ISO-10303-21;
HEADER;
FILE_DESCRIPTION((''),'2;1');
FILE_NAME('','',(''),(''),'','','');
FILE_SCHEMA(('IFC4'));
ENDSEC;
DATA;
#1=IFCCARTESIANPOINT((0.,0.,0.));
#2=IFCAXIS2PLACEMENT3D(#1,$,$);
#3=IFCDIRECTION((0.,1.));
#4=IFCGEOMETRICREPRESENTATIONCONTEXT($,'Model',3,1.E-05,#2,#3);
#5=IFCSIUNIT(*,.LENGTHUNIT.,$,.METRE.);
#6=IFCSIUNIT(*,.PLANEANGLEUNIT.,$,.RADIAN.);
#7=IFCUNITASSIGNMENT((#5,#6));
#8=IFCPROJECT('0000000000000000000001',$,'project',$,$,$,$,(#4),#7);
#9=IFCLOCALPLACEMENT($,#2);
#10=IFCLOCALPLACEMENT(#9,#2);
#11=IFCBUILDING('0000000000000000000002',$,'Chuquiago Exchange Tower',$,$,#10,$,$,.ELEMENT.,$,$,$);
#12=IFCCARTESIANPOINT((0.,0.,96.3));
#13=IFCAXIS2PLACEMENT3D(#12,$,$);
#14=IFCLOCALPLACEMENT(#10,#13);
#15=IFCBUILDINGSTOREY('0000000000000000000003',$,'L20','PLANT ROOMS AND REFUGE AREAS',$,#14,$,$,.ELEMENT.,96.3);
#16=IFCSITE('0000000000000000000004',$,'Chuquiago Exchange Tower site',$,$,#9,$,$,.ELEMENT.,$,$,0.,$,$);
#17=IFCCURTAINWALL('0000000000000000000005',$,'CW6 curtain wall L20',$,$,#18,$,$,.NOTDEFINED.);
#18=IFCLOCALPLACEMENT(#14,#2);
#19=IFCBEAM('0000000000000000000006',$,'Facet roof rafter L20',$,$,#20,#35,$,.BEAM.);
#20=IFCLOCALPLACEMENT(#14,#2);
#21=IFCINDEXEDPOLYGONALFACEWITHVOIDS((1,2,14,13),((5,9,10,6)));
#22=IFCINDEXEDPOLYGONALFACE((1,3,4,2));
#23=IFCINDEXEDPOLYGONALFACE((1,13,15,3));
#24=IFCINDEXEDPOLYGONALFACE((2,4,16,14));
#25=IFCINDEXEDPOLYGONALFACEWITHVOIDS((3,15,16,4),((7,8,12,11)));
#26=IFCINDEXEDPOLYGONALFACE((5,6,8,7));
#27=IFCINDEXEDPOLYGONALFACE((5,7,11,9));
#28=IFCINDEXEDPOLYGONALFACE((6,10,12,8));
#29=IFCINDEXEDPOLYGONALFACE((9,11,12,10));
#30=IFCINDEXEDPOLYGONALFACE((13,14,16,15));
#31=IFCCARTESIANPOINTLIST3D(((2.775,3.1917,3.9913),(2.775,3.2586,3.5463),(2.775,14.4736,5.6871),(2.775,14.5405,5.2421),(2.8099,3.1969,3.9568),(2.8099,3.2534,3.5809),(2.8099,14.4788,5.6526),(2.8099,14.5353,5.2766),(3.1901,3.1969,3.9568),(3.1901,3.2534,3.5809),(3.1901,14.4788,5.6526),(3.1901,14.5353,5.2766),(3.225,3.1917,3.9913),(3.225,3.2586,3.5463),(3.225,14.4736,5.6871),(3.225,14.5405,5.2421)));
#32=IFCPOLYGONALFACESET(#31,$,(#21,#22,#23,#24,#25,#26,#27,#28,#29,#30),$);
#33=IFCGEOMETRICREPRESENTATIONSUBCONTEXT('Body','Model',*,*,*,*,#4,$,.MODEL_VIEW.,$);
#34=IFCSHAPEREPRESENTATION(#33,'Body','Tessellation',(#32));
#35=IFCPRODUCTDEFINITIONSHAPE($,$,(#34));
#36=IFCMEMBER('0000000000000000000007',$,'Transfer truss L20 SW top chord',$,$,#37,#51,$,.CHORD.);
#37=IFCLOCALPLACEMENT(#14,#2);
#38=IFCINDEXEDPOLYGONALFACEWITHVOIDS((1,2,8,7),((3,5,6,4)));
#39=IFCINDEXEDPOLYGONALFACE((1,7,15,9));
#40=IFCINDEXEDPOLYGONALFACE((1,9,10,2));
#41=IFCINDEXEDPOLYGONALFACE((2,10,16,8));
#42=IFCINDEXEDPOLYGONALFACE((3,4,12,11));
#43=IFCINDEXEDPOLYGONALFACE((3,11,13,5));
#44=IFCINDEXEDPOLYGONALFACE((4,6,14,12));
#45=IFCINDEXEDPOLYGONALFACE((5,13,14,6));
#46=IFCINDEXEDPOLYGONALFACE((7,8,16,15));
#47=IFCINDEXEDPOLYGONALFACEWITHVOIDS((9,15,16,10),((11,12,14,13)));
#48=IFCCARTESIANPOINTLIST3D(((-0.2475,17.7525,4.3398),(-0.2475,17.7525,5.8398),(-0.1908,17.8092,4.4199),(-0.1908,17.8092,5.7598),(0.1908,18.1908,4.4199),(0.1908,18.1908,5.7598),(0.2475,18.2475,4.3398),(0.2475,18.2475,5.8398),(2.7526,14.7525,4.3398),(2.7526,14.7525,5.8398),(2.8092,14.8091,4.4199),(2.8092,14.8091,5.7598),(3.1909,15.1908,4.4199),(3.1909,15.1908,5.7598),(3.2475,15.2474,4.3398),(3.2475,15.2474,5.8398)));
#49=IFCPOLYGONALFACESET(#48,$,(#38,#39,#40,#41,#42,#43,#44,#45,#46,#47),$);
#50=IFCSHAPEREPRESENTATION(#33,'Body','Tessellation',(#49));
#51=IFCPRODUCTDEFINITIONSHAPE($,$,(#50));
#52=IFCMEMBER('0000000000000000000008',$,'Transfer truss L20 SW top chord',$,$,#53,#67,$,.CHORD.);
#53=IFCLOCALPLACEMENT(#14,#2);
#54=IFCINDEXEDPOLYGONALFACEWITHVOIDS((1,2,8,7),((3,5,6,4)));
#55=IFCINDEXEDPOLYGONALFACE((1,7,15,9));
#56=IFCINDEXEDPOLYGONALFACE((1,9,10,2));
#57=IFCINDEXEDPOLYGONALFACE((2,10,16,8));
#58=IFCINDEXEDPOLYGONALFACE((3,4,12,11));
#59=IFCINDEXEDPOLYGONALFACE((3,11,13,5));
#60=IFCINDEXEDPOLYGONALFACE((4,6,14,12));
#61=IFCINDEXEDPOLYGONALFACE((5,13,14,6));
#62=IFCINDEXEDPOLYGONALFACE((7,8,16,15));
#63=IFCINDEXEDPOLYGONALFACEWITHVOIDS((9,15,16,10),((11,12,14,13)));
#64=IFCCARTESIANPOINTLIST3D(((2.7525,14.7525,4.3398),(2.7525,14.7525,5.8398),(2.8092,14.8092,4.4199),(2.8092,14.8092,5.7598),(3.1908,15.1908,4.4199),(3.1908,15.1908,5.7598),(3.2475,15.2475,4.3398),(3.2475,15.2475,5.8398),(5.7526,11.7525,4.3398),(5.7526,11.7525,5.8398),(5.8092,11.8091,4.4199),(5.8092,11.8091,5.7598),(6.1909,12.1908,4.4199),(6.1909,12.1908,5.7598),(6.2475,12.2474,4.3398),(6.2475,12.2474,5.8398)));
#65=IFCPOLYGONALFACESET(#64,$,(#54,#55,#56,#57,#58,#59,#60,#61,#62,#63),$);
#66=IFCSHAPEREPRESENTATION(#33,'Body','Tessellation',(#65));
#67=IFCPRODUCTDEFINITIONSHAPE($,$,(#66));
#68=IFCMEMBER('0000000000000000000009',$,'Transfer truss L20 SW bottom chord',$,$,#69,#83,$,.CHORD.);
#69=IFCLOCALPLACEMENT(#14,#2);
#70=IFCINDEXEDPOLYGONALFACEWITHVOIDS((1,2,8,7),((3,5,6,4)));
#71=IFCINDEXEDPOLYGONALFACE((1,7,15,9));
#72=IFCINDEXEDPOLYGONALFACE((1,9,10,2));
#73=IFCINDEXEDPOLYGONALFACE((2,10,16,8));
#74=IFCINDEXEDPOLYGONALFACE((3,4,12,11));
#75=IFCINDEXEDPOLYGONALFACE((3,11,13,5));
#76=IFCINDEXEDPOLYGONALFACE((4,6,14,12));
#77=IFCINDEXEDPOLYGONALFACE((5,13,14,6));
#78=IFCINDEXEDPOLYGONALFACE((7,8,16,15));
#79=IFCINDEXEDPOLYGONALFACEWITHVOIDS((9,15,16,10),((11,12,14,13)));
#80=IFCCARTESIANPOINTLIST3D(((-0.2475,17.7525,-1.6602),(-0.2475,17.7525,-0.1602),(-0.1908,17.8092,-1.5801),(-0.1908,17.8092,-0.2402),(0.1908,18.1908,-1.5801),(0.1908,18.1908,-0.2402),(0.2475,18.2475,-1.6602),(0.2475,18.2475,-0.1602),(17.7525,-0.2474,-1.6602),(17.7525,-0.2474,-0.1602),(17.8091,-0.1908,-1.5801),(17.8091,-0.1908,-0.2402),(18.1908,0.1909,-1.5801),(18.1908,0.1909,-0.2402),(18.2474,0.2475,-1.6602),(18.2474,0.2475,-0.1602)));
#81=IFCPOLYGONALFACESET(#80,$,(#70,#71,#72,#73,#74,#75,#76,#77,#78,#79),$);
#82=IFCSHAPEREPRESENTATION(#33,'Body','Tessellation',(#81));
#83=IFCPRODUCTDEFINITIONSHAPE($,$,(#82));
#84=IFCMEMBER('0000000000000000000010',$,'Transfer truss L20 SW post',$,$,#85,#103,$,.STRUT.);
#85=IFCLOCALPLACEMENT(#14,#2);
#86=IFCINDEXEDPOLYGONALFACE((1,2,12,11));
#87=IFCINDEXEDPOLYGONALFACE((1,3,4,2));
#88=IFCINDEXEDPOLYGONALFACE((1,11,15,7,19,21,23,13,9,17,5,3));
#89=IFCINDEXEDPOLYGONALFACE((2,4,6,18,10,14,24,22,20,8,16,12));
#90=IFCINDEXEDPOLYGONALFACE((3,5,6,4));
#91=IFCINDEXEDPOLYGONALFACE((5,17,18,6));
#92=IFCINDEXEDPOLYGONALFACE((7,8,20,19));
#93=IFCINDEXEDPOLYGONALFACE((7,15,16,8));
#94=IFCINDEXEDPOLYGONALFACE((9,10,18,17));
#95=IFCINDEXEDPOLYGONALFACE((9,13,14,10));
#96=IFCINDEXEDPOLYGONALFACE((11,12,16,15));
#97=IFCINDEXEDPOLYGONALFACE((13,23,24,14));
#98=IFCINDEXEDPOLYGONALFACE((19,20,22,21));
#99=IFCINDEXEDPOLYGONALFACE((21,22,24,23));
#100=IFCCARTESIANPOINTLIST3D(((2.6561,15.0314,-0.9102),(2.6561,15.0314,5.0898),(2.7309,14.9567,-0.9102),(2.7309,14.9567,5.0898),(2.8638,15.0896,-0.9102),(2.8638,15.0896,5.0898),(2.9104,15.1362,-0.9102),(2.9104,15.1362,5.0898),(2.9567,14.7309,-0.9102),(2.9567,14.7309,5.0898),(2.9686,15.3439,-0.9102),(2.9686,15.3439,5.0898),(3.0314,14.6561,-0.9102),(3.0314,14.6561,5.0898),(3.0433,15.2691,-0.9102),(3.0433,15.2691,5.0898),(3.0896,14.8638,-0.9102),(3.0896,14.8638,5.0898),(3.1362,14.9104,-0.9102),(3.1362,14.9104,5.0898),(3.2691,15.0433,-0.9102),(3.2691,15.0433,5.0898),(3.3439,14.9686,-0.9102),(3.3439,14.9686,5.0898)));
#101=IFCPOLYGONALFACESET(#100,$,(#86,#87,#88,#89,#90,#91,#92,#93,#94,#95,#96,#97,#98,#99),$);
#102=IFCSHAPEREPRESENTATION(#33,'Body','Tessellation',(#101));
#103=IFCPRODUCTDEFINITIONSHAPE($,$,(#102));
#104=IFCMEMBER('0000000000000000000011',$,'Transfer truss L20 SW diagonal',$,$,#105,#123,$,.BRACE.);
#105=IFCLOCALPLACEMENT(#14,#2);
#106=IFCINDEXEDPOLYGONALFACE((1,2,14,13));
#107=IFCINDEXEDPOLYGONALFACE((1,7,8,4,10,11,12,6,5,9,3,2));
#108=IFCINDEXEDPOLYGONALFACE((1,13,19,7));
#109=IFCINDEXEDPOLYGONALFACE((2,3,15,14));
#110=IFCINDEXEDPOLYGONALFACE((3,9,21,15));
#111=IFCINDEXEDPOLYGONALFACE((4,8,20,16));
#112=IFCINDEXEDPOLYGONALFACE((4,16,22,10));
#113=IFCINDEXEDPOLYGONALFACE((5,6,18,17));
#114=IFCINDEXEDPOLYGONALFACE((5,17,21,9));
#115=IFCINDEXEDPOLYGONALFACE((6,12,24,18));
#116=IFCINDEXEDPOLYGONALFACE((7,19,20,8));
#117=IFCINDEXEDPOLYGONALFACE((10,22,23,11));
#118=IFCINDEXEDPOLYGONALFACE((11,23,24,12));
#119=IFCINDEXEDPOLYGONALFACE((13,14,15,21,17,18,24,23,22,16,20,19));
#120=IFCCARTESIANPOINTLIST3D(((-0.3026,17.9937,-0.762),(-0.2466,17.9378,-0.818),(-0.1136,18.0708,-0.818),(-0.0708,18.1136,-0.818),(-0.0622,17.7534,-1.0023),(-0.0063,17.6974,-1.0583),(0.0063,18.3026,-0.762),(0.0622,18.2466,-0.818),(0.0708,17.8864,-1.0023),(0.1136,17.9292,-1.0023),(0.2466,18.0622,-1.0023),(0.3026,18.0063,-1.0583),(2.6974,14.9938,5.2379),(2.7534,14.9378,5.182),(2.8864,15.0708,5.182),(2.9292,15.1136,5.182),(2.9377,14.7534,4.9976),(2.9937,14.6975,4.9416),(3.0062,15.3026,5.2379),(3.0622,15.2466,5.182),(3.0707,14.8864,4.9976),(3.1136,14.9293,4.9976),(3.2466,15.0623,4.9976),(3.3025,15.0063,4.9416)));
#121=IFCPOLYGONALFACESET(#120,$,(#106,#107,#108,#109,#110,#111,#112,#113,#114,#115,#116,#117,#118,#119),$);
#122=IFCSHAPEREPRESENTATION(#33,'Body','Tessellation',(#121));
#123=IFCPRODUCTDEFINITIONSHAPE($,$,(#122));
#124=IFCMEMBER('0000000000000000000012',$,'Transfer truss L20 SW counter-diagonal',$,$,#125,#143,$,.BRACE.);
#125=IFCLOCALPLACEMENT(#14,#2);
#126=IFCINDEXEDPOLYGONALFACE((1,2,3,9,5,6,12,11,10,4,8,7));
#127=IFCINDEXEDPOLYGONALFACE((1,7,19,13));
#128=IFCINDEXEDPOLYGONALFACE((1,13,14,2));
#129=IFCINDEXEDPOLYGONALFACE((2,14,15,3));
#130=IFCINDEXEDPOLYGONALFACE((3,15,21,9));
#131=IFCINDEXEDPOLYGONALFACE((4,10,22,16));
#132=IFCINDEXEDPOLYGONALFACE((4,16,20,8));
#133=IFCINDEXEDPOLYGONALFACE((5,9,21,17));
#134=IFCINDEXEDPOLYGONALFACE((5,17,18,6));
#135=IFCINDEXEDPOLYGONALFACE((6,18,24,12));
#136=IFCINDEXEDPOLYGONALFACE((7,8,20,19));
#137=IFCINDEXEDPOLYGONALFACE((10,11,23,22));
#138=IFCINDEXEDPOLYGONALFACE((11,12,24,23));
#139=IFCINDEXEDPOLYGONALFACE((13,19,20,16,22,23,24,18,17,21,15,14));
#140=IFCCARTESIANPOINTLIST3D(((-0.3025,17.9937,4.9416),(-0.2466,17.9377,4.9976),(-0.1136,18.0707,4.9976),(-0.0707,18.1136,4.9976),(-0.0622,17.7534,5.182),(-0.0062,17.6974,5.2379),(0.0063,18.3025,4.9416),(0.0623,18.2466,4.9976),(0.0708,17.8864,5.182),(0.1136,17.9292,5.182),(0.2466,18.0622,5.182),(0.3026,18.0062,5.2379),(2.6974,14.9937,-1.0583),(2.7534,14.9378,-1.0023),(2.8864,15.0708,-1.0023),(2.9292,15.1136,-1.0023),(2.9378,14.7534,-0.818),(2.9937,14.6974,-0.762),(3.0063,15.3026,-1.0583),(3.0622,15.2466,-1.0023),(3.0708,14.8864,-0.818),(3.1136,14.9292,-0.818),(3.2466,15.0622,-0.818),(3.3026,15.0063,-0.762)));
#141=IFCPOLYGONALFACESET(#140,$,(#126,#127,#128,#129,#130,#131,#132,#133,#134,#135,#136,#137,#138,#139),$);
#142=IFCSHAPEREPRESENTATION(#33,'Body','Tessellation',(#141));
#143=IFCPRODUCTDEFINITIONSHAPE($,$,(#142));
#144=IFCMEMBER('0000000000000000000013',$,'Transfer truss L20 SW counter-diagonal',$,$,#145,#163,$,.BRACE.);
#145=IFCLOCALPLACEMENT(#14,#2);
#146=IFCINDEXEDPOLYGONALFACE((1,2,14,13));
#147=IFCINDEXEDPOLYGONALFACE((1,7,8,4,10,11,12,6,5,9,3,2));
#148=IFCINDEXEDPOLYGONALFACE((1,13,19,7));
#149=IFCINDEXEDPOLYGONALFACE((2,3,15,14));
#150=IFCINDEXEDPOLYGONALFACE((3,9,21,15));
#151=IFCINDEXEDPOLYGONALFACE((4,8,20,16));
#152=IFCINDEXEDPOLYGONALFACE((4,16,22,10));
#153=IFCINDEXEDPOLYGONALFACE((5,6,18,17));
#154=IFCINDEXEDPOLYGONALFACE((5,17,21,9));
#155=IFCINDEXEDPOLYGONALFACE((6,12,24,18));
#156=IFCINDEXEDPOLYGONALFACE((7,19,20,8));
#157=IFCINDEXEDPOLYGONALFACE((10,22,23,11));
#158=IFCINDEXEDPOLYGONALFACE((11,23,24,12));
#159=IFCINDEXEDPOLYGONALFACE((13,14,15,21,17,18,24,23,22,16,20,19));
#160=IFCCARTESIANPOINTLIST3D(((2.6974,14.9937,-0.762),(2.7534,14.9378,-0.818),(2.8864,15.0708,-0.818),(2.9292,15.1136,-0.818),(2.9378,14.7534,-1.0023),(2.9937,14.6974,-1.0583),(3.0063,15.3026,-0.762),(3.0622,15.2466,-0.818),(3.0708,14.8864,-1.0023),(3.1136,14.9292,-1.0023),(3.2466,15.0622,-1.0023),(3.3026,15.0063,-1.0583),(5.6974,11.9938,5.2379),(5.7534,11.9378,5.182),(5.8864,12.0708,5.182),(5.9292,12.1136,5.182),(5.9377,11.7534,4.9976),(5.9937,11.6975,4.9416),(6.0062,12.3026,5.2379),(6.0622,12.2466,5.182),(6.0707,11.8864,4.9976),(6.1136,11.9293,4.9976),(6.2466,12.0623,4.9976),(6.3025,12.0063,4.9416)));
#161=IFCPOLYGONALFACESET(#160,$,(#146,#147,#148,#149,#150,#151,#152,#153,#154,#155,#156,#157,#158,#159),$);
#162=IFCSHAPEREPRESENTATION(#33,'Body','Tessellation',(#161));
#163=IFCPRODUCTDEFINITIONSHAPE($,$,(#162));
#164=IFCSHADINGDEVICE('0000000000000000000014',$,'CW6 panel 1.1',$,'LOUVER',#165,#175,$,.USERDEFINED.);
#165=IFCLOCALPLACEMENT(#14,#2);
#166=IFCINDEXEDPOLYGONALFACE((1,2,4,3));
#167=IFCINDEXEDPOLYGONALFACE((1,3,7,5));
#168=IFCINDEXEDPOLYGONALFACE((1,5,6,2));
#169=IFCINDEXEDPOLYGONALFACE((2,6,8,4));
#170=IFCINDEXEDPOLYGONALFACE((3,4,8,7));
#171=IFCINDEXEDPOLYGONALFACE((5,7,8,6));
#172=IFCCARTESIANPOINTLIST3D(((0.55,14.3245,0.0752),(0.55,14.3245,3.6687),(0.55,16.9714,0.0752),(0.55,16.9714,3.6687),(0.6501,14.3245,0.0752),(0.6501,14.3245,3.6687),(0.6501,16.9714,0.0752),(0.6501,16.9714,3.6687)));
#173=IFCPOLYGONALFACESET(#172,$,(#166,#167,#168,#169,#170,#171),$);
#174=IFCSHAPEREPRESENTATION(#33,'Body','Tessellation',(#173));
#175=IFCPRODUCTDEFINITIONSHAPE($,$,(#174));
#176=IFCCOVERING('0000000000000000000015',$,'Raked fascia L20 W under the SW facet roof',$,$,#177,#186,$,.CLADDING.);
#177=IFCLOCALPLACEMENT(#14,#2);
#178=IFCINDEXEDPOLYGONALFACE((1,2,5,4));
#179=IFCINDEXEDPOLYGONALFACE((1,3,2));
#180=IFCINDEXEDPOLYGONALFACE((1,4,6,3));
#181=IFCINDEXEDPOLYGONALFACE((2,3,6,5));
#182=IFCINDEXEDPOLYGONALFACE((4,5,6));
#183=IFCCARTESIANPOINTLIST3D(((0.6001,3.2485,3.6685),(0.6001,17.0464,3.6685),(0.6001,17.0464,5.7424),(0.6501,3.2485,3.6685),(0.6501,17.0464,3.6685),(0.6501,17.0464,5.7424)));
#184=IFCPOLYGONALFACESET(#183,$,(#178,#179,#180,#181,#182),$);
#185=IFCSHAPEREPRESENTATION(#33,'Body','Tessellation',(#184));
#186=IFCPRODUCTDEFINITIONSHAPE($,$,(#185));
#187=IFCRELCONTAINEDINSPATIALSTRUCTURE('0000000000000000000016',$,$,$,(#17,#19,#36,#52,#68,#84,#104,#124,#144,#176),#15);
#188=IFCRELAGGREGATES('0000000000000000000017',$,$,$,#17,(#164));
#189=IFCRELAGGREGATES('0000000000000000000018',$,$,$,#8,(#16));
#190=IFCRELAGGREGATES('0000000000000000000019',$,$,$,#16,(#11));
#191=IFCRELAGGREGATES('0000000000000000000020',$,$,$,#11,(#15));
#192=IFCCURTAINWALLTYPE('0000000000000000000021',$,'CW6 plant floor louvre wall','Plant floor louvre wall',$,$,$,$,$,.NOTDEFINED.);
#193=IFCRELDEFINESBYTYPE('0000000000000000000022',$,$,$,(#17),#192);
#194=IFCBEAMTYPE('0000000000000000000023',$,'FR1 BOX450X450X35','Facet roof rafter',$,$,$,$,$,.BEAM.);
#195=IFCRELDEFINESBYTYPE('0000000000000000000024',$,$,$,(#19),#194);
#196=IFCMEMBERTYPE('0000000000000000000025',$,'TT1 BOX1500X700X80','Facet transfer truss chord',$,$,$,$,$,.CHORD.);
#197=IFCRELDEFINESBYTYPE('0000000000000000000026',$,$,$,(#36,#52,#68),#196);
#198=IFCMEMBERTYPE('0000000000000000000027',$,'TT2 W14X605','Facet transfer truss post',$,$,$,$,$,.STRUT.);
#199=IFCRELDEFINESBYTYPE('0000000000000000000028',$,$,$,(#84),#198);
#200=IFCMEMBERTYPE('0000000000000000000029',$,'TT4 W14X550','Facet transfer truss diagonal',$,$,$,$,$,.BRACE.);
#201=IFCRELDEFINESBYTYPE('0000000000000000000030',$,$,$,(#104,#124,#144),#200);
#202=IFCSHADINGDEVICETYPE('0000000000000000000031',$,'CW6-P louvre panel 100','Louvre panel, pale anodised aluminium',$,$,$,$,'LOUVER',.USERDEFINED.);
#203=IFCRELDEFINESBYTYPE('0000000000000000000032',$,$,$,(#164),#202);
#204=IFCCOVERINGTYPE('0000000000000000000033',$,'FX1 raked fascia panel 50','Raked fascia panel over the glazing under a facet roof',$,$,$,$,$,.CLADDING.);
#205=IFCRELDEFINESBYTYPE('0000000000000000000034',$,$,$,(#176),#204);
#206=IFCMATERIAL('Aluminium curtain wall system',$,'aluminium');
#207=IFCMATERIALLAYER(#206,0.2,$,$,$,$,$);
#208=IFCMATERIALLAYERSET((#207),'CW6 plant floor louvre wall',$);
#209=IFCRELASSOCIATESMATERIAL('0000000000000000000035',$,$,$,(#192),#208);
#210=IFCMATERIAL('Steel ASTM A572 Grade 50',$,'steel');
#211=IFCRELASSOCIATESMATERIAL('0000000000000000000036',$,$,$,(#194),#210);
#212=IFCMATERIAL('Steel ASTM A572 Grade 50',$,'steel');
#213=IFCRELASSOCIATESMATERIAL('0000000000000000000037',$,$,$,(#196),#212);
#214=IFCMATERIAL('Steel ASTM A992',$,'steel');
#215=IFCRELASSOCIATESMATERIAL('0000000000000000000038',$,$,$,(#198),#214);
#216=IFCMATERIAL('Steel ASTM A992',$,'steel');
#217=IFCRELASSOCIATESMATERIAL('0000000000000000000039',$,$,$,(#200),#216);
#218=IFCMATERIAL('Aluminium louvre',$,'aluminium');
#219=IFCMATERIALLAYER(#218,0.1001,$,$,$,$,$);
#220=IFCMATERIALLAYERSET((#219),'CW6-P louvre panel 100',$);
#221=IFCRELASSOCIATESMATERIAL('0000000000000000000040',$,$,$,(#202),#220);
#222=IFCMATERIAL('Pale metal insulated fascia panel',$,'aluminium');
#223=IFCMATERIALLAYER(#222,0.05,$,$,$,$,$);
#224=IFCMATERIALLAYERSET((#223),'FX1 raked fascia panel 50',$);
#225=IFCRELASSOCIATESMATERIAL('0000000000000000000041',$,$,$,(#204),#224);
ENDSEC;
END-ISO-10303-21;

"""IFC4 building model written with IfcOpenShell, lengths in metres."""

from ifc_helpers import new_model, si_unit, direction, frame, origin, origin_2d, place, context, subcontext, project, spatial, polyline, rectangle, hollow_rectangle, i_section, outline, extrude, material, layer, layer_set, material_profile, profile_set, type_object, element, aggregate, save


model = new_model("IFC4")

# Units and contexts
model_context = context("Model", 3, precision=1e-05, world=origin(), true_north=direction((0.0, 1.0)))
body_context = subcontext(model_context, "Body", "Model", "MODEL_VIEW")
ifc_project = project(units=[si_unit("LENGTHUNIT", "METRE"), si_unit("PLANEANGLEUNIT", "RADIAN")], contexts=[model_context])

# Site, building, storey
site_placement = place(None, origin())
site = spatial("IfcSite", under=ifc_project, at=site_placement, Name="Chuquiago Exchange Tower site", CompositionType="ELEMENT", RefElevation=0.0)
building_placement = place(site_placement, origin())
building = spatial("IfcBuilding", under=site, at=building_placement, Name="Chuquiago Exchange Tower", CompositionType="ELEMENT")
storey_placement = place(building_placement, frame((0.0, 0.0, 96.3)))
storey = spatial("IfcBuildingStorey", under=building, at=storey_placement, Name="L20", Description="PLANT ROOMS AND REFUGE AREAS", CompositionType="ELEMENT", Elevation=96.3)

# Shared definitions
ifc_material_1 = material(Name="Aluminium curtain wall system", Category="aluminium")
ifc_layer_1 = layer(ifc_material_1, 0.2)
ifc_layer_set_1 = layer_set([ifc_layer_1], Name="CW6 plant floor louvre wall")
curtain_wall_type = type_object("IfcCurtainWallType", Name="CW6 plant floor louvre wall", Description="Plant floor louvre wall", PredefinedType="NOTDEFINED", material=ifc_layer_set_1)

# Curtain wall
curtain_wall_1_placement = place(storey_placement, origin())
curtain_wall_1 = element("IfcCurtainWall", 1, at=curtain_wall_1_placement, inside=storey, type_object=curtain_wall_type, Name="CW6 curtain wall L20", PredefinedType="NOTDEFINED")

# Beam
ifc_material_2 = material(Name="Steel ASTM A572 Grade 50", Category="steel")
ifc_material_profile_1 = material_profile(ifc_material_2, hollow_rectangle(XDim=0.45, YDim=0.45, WallThickness=0.0349, at=origin_2d()), Name="BOX450X450X35")
ifc_profile_set_1 = profile_set([ifc_material_profile_1], Name="Steel ASTM A572 Grade 50")
beam_type_1 = type_object("IfcBeamType", Name="FR1 BOX450X450X35", Description="Facet roof rafter", PredefinedType="BEAM", material=ifc_profile_set_1)
beam_1_placement = place(storey_placement, frame((3.0, 14.5071, 5.4646), z_axis=(0.0, -0.988891, -0.148641), x_axis=(1.0, 0.0, 0.0)))
element("IfcBeam", 2, at=beam_1_placement, inside=storey, type_object=beam_type_1, Name="Facet roof rafter L20", PredefinedType="BEAM", context=body_context, shape_type="SweptSolid", body=[
    extrude(hollow_rectangle(XDim=0.45, YDim=0.45, WallThickness=0.0349, at=origin_2d()), origin(), (0.0, 0.0, 1.0), 11.4087),
])

# Members
ifc_material_3 = material(Name="Steel ASTM A572 Grade 50", Category="steel")
ifc_material_profile_2 = material_profile(ifc_material_3, hollow_rectangle(XDim=0.7, YDim=1.5, WallThickness=0.0801, at=origin_2d()), Name="BOX1500X700X80")
ifc_profile_set_2 = profile_set([ifc_material_profile_2], Name="Steel ASTM A572 Grade 50")
member_type_1 = type_object("IfcMemberType", Name="TT1 BOX1500X700X80", Description="Facet transfer truss chord", PredefinedType="CHORD", material=ifc_profile_set_2)
for number, where, z_axis, x_axis, name in (
    (3, (0.0, 18.0, 5.0898), (0.707107, -0.707107, 0.0), (0.707107, 0.707107, 0.0), "Transfer truss L20 SW top chord"),
    (4, (3.0, 15.0, 5.0898), (0.707107, -0.707107, 0.0), (0.707107, 0.707107, 0.0), "Transfer truss L20 SW top chord"),
):
    element("IfcMember", number, at=place(storey_placement, frame(where, z_axis=z_axis, x_axis=x_axis)), inside=storey, type_object=member_type_1, Name=name, PredefinedType="CHORD", context=body_context, shape_type="SweptSolid", body=[
        extrude(hollow_rectangle(XDim=0.7, YDim=1.5, WallThickness=0.0801, at=origin_2d()), origin(), (0.0, 0.0, 1.0), 4.2427),
    ])
member_1_placement = place(storey_placement, frame((0.0, 18.0, -0.9102), z_axis=(0.707107, -0.707107, 0.0), x_axis=(0.707107, 0.707107, 0.0)))
element("IfcMember", 5, at=member_1_placement, inside=storey, type_object=member_type_1, Name="Transfer truss L20 SW bottom chord", PredefinedType="CHORD", context=body_context, shape_type="SweptSolid", body=[
    extrude(hollow_rectangle(XDim=0.7, YDim=1.5, WallThickness=0.0801, at=origin_2d()), origin(), (0.0, 0.0, 1.0), 25.4558),
])
ifc_material_4 = material(Name="Steel ASTM A992", Category="steel")
ifc_material_profile_3 = material_profile(ifc_material_4, i_section(OverallWidth=0.4419, OverallDepth=0.5308, WebThickness=0.0659, FlangeThickness=0.1057, at=origin_2d()), Name="W14X605")
ifc_profile_set_3 = profile_set([ifc_material_profile_3], Name="Steel ASTM A992")
member_type_2 = type_object("IfcMemberType", Name="TT2 W14X605", Description="Facet transfer truss post", PredefinedType="STRUT", material=ifc_profile_set_3)
member_2_placement = place(storey_placement, frame((3.0, 15.0, -0.9102), z_axis=(0.0, 0.0, 1.0), x_axis=(-0.707107, -0.707107, 0.0)))
element("IfcMember", 6, at=member_2_placement, inside=storey, type_object=member_type_2, Name="Transfer truss L20 SW post", PredefinedType="STRUT", context=body_context, shape_type="SweptSolid", body=[
    extrude(i_section(OverallWidth=0.4419, OverallDepth=0.5308, WebThickness=0.0659, FlangeThickness=0.1057, at=origin_2d()), origin(), (0.0, 0.0, 1.0), 6.0),
])
ifc_material_5 = material(Name="Steel ASTM A992", Category="steel")
ifc_material_profile_4 = material_profile(ifc_material_5, i_section(OverallWidth=0.4368, OverallDepth=0.5132, WebThickness=0.0605, FlangeThickness=0.0969, at=origin_2d()), Name="W14X550")
ifc_profile_set_4 = profile_set([ifc_material_profile_4], Name="Steel ASTM A992")
member_type_3 = type_object("IfcMemberType", Name="TT4 W14X550", Description="Facet transfer truss diagonal", PredefinedType="BRACE", material=ifc_profile_set_4)
for number, where, z_axis, x_axis, name in (
    (7, (0.0, 18.0, -0.9102), (0.408248, -0.408248, 0.816497), (0.707107, 0.707107, 0.0), "Transfer truss L20 SW diagonal"),
    (8, (3.0, 15.0, -0.9102), (-0.408248, 0.408248, 0.816497), (-0.707107, -0.707107, 0.0), "Transfer truss L20 SW counter-diagonal"),
    (9, (3.0, 15.0, -0.9102), (0.408248, -0.408248, 0.816497), (0.707107, 0.707107, 0.0), "Transfer truss L20 SW counter-diagonal"),
):
    element("IfcMember", number, at=place(storey_placement, frame(where, z_axis=z_axis, x_axis=x_axis)), inside=storey, type_object=member_type_3, Name=name, PredefinedType="BRACE", context=body_context, shape_type="SweptSolid", body=[
        extrude(i_section(OverallWidth=0.4368, OverallDepth=0.5132, WebThickness=0.0605, FlangeThickness=0.0969, at=origin_2d()), origin(), (0.0, 0.0, 1.0), 7.3484),
    ])

# Shading device
ifc_material_6 = material(Name="Aluminium louvre", Category="aluminium")
ifc_layer_2 = layer(ifc_material_6, 0.1001)
ifc_layer_set_2 = layer_set([ifc_layer_2], Name="CW6-P louvre panel 100")
shading_device_type = type_object("IfcShadingDeviceType", Name="CW6-P louvre panel 100", Description="Louvre panel, pale anodised aluminium", ElementType="LOUVER", PredefinedType="USERDEFINED", material=ifc_layer_set_2)
shading_device_placement = place(storey_placement, frame((0.6001, 15.6479, 0.0752), z_axis=(0.0, 0.0, 1.0), x_axis=(0.0, -1.0, 0.0)))
shading_device = element("IfcShadingDevice", 10, at=shading_device_placement, type_object=shading_device_type, Name="CW6 panel 1.1", ObjectType="LOUVER", PredefinedType="USERDEFINED", context=body_context, shape_type="SweptSolid", body=[
    extrude(rectangle(XDim=2.647, YDim=0.1001, at=origin_2d()), origin(), (0.0, 0.0, 1.0), 3.5935),
])
aggregate(curtain_wall_1, [shading_device])

# Covering
ifc_material_7 = material(Name="Pale metal insulated fascia panel", Category="aluminium")
ifc_layer_3 = layer(ifc_material_7, 0.05)
ifc_layer_set_3 = layer_set([ifc_layer_3], Name="FX1 raked fascia panel 50")
covering_type_1 = type_object("IfcCoveringType", Name="FX1 raked fascia panel 50", Description="Raked fascia panel over the glazing under a facet roof", PredefinedType="CLADDING", material=ifc_layer_set_3)
covering_1_placement = place(storey_placement, frame((0.6001, 17.0464, 3.6685), z_axis=(-1.0, 0.0, 0.0), x_axis=(0.0, -1.0, 0.0)))
element("IfcCovering", 11, at=covering_1_placement, inside=storey, type_object=covering_type_1, Name="Raked fascia L20 W under the SW facet roof", PredefinedType="CLADDING", context=body_context, shape_type="SweptSolid", body=[
    extrude(outline(polyline([(0.0, 0.0), (13.7979, 0.0), (0.0, 2.074), (0.0, 0.0)])), origin(), (0.0, 0.0, -1.0), 0.05),
])

save(model, "model.ifc")
